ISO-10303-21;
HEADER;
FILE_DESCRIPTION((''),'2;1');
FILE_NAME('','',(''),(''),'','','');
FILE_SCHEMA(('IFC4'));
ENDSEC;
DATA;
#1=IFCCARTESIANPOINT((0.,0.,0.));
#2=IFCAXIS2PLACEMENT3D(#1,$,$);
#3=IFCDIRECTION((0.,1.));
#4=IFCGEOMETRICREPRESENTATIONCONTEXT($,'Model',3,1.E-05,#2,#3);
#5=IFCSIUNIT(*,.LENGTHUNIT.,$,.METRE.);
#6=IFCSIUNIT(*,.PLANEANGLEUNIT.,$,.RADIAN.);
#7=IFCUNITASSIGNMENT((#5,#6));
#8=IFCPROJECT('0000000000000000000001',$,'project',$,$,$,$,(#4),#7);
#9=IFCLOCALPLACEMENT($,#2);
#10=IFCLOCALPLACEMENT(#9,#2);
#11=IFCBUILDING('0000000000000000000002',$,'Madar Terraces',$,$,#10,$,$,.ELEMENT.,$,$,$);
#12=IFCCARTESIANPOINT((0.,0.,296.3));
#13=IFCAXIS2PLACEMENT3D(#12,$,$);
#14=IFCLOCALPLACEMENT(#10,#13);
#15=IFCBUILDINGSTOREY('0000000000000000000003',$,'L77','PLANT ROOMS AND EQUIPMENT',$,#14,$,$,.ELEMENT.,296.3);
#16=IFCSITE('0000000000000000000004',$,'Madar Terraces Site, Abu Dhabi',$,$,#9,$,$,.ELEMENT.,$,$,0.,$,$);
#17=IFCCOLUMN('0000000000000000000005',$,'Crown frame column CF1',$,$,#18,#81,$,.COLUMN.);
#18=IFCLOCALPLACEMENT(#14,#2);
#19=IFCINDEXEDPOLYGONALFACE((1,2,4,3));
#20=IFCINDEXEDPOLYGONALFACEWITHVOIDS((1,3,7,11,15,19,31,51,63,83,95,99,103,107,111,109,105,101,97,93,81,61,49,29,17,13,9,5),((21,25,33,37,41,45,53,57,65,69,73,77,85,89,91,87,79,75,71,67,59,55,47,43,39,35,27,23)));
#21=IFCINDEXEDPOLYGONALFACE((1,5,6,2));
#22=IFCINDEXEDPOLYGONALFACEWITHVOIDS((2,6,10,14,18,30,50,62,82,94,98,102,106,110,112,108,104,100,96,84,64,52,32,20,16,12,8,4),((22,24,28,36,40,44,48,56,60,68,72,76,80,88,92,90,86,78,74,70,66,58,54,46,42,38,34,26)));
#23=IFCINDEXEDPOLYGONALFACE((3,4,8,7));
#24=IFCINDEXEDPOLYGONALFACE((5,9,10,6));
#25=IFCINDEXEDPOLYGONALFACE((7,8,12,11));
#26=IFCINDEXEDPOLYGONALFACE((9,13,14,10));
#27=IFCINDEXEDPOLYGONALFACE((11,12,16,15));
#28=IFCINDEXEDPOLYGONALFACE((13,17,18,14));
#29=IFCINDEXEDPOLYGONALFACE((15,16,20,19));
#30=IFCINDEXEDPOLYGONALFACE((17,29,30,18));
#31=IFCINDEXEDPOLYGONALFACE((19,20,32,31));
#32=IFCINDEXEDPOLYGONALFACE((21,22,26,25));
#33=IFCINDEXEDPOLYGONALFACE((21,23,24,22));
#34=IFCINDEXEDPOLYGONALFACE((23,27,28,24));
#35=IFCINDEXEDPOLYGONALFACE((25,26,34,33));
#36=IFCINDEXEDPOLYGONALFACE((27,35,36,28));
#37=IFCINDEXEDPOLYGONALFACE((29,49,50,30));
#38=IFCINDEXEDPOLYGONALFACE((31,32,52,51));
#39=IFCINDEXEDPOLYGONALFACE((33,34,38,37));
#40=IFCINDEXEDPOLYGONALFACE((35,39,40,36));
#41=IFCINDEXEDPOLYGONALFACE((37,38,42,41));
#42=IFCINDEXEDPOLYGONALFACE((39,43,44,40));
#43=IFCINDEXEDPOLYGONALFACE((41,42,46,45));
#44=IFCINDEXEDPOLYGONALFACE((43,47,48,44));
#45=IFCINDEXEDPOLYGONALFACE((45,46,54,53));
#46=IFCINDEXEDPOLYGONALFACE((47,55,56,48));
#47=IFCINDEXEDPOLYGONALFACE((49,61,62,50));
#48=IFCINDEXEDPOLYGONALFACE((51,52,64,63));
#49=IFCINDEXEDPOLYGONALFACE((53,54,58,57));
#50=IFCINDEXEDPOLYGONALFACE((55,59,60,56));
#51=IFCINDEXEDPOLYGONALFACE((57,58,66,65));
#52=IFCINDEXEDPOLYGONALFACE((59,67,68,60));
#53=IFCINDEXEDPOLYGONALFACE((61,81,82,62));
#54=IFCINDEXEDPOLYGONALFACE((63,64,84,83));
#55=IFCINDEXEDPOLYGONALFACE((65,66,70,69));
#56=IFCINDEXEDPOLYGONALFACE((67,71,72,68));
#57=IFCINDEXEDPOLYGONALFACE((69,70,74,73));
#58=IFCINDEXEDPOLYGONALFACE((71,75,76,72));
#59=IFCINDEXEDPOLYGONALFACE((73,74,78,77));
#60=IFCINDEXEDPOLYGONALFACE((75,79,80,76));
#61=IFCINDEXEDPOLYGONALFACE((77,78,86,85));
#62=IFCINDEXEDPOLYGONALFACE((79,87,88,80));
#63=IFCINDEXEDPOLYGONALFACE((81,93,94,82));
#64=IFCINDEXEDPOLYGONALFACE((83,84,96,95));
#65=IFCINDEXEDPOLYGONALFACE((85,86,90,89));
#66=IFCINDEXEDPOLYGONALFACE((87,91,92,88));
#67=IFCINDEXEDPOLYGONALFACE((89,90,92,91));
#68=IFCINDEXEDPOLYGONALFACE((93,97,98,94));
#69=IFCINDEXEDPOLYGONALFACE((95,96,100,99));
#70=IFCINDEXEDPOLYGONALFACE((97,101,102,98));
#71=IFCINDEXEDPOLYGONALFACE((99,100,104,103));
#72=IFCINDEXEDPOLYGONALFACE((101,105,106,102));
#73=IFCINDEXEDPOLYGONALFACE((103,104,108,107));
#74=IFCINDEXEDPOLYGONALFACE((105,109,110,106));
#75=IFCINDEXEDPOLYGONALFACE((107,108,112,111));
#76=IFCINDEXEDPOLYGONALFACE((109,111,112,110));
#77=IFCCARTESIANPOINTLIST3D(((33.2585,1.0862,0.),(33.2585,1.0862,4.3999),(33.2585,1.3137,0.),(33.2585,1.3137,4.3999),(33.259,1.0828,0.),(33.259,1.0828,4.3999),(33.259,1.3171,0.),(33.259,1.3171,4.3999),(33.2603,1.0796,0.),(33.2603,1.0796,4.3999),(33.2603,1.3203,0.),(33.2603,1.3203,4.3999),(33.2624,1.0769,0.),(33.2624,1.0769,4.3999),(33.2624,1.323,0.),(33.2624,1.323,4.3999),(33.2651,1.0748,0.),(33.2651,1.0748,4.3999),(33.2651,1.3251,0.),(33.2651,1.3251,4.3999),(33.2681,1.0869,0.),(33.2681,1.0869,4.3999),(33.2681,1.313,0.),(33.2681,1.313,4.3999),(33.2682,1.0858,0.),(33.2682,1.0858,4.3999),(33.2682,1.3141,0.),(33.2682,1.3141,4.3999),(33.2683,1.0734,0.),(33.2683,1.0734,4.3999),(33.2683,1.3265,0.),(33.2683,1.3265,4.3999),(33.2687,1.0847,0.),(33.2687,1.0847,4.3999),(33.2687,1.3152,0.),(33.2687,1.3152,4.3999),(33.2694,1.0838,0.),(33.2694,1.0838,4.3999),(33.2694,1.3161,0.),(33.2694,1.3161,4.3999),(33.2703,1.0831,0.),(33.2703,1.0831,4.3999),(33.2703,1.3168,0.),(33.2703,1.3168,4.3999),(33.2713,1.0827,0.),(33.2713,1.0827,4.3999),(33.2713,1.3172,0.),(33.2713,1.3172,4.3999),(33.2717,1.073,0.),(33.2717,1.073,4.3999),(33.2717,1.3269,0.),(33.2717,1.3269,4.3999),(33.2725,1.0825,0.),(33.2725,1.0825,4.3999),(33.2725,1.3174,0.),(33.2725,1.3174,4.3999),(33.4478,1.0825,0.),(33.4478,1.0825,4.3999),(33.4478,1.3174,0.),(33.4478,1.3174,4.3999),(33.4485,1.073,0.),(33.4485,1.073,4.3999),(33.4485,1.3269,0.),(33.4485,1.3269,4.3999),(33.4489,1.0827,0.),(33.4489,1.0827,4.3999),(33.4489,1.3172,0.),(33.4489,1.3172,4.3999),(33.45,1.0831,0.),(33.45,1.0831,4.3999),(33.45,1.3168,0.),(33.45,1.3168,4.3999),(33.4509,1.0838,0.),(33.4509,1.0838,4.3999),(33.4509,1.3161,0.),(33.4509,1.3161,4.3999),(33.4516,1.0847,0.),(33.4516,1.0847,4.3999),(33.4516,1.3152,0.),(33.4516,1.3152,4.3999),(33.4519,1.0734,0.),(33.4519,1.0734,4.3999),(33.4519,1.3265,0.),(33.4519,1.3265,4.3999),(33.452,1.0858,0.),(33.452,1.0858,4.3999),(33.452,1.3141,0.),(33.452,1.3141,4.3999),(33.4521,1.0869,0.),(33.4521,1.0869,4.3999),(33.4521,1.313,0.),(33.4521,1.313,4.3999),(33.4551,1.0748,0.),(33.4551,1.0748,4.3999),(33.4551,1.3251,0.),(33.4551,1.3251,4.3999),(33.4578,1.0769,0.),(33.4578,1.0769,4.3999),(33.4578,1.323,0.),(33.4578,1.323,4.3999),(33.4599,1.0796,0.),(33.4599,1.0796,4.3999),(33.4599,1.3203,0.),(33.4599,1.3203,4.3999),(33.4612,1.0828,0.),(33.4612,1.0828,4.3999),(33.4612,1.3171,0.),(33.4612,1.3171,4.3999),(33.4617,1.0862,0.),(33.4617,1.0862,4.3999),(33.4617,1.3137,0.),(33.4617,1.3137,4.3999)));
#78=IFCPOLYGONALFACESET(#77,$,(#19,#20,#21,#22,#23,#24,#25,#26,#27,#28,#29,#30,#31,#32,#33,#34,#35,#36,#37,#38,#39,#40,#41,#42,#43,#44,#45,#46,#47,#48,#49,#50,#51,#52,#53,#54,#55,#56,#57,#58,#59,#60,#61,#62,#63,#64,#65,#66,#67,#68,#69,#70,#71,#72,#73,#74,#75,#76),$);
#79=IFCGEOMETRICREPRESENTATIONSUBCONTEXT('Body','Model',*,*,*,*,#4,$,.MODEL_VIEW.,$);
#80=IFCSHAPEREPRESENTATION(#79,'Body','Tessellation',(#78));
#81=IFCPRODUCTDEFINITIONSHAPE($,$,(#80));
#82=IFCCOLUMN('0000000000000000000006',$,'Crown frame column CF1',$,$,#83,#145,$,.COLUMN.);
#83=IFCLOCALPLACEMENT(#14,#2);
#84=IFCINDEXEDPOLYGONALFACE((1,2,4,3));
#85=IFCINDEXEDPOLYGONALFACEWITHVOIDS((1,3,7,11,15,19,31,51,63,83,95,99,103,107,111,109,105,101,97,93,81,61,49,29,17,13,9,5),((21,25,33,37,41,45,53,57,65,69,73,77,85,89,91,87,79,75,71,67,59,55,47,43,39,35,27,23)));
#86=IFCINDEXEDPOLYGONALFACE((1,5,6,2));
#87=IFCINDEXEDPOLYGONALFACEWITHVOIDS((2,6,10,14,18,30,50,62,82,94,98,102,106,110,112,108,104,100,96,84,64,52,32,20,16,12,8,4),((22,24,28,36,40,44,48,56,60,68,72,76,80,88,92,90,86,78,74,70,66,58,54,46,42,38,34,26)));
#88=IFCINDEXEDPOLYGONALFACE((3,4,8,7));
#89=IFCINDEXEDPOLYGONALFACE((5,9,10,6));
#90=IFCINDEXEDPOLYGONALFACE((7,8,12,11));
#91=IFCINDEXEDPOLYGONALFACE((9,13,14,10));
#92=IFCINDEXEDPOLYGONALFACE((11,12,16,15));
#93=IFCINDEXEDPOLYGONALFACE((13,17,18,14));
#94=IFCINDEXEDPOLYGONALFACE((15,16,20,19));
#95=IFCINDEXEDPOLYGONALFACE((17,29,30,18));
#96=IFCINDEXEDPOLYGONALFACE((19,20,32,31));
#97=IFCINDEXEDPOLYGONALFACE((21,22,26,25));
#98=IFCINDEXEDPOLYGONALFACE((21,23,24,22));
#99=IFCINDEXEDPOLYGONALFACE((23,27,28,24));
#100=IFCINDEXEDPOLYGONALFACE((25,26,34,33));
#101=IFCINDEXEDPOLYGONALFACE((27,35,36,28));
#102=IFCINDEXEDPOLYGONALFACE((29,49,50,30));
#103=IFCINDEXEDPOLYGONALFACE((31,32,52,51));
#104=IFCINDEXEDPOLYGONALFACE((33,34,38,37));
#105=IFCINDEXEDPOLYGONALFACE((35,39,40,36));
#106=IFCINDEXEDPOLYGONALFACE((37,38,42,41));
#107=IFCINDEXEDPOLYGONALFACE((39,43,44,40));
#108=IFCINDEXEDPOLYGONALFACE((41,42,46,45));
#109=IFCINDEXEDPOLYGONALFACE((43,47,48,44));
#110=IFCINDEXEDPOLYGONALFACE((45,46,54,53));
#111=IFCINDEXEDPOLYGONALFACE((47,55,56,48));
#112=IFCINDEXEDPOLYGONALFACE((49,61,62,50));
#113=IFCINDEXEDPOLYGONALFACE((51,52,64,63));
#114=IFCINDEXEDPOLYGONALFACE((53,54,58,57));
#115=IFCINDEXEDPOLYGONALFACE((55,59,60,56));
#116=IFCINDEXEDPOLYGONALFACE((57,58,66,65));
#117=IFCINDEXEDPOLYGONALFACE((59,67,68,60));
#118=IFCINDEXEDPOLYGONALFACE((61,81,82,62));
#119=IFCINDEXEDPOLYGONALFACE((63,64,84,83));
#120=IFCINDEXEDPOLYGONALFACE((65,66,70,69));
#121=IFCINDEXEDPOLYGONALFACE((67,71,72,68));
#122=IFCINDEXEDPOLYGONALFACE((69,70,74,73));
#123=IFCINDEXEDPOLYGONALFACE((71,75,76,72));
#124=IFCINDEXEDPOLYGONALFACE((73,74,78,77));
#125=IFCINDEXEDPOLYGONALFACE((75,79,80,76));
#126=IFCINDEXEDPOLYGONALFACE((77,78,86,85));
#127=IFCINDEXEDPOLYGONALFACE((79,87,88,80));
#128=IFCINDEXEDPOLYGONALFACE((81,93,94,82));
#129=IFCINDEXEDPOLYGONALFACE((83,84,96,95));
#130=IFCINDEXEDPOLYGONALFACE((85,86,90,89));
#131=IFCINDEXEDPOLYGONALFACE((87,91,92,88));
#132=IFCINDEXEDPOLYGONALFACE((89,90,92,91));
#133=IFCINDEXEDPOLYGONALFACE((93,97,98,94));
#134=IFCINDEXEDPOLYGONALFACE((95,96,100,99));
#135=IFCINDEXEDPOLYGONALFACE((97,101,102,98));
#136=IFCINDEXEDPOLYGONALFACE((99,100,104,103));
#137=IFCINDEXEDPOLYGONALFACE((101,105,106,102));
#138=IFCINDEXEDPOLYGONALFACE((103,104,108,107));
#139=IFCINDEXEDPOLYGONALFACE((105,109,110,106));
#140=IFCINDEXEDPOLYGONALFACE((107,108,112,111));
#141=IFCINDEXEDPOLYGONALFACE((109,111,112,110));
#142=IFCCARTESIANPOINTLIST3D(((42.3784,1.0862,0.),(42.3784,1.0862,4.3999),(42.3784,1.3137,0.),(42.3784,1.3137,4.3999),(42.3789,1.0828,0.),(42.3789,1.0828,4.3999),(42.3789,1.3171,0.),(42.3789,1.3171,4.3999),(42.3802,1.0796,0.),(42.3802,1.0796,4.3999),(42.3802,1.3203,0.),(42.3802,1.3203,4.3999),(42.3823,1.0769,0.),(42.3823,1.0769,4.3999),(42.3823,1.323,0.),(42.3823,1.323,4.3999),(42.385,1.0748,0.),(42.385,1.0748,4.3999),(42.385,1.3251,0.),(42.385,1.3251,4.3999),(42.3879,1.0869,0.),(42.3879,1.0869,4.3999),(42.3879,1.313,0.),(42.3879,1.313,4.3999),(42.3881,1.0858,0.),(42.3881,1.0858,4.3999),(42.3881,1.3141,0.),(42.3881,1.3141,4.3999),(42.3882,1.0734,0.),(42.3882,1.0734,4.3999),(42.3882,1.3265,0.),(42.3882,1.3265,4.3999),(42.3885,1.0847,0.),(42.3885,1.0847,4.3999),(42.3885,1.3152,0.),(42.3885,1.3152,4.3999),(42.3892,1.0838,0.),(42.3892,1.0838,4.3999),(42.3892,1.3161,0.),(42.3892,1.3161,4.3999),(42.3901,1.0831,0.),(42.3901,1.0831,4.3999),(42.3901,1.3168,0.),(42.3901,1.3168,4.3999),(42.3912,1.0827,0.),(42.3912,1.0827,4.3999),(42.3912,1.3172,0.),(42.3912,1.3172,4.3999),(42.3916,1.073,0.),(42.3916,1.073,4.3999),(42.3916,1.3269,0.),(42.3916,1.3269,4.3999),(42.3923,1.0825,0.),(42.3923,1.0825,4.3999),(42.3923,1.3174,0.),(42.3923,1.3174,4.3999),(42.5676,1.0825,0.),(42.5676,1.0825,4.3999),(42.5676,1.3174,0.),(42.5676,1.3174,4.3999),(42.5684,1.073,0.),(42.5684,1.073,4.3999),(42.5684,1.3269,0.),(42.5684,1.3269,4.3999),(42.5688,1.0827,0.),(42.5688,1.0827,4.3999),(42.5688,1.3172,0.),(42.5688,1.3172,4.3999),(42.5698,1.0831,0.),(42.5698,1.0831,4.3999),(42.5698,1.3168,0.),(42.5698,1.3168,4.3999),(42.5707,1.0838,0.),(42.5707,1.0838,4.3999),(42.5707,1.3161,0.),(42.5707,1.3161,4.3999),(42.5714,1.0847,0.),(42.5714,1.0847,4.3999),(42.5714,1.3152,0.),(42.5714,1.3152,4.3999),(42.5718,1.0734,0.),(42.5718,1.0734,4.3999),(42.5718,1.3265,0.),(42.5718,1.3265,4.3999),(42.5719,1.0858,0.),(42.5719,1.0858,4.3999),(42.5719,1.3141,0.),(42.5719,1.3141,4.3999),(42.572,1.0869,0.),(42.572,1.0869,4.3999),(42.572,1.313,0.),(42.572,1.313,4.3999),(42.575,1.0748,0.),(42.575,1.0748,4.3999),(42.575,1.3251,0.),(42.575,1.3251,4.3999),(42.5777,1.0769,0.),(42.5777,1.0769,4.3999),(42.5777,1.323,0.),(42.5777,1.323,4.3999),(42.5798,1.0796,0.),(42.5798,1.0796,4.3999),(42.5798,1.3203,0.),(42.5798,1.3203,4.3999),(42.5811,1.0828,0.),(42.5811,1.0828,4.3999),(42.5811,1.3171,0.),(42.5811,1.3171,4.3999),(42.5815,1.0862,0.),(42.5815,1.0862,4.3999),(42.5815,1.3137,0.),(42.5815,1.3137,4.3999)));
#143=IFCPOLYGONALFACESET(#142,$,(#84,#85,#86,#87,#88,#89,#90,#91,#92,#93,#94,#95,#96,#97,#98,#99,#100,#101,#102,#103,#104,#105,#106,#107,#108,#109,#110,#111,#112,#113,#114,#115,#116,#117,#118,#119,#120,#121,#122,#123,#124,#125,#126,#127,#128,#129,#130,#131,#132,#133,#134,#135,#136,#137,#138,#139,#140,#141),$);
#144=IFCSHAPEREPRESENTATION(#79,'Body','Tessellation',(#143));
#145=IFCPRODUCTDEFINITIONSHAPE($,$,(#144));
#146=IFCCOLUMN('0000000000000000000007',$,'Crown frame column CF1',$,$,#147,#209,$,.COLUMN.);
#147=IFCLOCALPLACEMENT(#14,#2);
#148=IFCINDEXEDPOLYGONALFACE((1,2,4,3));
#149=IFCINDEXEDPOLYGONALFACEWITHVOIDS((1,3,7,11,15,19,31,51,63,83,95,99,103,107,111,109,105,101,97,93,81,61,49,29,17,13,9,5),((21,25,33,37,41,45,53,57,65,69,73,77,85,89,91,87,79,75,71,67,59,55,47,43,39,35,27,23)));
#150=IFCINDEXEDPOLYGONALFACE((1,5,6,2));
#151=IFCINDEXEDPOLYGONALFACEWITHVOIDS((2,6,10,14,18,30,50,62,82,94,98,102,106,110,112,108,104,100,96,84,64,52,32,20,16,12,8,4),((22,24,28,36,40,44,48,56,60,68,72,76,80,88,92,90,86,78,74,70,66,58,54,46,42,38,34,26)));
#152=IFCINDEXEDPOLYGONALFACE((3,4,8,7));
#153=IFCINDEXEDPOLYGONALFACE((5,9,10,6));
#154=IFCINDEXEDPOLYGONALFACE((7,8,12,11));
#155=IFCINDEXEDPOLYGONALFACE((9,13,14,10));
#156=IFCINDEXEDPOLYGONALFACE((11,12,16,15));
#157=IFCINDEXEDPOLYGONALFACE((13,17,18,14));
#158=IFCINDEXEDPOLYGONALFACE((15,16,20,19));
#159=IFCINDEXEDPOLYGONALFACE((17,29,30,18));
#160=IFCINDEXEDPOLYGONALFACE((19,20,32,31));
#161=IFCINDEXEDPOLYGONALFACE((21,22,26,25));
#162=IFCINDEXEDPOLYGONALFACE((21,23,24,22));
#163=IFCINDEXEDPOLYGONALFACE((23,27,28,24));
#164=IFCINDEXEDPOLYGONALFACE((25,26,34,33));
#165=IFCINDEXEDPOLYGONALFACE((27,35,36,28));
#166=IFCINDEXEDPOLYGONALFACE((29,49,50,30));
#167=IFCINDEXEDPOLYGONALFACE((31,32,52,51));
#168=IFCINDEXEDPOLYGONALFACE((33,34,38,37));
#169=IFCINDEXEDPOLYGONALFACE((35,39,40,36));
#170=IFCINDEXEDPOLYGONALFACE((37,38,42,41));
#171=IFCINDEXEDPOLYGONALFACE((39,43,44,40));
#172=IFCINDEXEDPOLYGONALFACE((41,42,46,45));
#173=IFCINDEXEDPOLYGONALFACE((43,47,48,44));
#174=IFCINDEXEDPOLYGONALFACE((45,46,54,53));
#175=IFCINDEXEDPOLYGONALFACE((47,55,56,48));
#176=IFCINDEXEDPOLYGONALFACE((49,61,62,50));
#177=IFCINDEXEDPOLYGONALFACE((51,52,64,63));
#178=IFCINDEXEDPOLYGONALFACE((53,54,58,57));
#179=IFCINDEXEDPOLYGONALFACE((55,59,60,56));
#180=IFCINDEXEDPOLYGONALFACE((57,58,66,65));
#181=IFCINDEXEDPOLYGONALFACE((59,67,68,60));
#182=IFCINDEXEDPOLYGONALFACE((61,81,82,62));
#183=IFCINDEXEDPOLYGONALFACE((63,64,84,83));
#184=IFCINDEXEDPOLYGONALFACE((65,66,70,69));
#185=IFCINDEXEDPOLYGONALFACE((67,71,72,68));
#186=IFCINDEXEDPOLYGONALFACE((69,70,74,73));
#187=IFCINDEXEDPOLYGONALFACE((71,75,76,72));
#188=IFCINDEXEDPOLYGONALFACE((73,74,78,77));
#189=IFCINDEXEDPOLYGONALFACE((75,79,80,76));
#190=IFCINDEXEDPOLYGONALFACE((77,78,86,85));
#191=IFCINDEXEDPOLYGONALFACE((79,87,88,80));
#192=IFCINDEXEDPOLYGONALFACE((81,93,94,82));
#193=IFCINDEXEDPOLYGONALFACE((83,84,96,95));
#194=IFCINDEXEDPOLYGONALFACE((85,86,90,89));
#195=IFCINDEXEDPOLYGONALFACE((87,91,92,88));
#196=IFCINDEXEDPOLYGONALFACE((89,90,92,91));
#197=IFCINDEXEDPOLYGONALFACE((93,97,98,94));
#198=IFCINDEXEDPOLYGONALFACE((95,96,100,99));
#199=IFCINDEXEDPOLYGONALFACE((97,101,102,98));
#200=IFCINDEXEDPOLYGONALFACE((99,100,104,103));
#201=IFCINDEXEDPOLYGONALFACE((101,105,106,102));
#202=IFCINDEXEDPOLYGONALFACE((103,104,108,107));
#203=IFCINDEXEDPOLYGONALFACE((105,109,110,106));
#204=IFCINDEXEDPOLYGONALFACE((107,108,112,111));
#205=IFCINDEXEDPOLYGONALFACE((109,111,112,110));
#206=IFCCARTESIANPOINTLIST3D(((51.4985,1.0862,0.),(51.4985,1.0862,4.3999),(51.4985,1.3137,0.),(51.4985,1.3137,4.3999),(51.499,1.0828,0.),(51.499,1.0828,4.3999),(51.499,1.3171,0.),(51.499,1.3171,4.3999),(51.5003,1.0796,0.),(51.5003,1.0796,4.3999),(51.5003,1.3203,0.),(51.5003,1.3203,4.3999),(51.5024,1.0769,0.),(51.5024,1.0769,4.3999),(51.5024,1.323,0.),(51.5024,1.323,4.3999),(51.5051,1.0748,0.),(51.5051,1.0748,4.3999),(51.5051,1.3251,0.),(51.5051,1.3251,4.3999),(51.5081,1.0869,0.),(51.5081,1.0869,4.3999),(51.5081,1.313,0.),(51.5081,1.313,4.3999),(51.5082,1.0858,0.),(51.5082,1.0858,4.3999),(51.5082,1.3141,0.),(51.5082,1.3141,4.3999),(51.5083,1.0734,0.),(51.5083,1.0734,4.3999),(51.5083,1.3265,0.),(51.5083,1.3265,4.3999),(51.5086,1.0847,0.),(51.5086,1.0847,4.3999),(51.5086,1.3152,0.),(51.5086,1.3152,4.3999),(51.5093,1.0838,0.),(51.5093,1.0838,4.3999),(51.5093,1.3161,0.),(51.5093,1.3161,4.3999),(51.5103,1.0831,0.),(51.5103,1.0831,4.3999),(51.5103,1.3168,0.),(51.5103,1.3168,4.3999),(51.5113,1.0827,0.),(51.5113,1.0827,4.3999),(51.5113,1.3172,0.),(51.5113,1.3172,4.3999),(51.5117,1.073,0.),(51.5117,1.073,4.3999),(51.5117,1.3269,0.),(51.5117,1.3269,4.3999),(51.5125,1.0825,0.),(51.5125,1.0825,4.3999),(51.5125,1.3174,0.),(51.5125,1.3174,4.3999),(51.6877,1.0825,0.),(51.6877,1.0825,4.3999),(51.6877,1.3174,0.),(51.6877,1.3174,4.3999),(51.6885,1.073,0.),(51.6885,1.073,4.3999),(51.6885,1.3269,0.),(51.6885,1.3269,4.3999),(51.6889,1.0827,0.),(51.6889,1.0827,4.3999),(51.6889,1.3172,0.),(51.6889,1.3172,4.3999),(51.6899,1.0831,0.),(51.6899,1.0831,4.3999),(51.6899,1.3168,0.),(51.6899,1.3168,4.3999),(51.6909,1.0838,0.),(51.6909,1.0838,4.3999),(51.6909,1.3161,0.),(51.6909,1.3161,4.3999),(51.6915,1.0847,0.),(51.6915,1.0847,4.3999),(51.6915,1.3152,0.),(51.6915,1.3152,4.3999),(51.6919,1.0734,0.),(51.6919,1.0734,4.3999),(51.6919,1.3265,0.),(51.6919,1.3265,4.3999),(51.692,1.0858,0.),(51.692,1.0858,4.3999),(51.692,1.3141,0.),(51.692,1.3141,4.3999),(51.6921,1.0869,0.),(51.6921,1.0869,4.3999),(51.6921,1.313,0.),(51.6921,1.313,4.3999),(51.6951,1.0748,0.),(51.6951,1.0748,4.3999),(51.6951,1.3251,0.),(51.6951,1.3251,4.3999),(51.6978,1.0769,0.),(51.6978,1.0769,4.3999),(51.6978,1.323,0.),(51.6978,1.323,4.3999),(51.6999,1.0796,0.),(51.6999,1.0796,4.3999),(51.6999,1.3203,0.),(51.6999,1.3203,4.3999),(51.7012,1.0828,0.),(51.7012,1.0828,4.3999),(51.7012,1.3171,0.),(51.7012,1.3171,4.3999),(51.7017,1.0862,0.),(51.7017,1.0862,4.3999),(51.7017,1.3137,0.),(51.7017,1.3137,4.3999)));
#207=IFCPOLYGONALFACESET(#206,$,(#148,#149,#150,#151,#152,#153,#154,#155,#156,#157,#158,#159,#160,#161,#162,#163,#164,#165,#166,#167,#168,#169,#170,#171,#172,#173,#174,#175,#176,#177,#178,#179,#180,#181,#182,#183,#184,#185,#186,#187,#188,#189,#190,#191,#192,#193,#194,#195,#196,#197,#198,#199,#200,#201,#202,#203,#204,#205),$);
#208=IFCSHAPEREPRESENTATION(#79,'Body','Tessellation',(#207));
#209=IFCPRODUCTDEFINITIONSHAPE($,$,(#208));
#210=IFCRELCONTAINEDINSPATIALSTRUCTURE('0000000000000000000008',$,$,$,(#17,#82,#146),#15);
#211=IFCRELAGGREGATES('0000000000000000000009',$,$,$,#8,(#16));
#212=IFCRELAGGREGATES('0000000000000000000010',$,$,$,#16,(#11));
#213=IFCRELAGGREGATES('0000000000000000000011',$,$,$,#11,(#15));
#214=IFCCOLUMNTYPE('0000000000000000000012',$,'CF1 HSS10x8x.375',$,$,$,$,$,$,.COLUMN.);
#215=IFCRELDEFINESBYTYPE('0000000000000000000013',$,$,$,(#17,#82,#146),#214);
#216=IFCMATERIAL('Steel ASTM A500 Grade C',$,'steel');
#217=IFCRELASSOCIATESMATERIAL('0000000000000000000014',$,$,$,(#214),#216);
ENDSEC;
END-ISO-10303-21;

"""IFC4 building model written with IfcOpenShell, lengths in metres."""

from ifc_helpers import new_model, si_unit, direction, frame, origin, origin_2d, place, context, subcontext, project, spatial, hollow_rectangle, extrude, material, material_profile, profile_set, type_object, element, save


model = new_model("IFC4")

# Units and contexts
model_context = context("Model", 3, precision=1e-05, world=origin(), true_north=direction((0.0, 1.0)))
body_context = subcontext(model_context, "Body", "Model", "MODEL_VIEW")
ifc_project = project(units=[si_unit("LENGTHUNIT", "METRE"), si_unit("PLANEANGLEUNIT", "RADIAN")], contexts=[model_context])

# Site, building, storey
site_placement = place(None, origin())
site = spatial("IfcSite", under=ifc_project, at=site_placement, Name="Madar Terraces Site, Abu Dhabi", CompositionType="ELEMENT", RefElevation=0.0)
building_placement = place(site_placement, origin())
building = spatial("IfcBuilding", under=site, at=building_placement, Name="Madar Terraces", CompositionType="ELEMENT")
storey_placement = place(building_placement, frame((0.0, 0.0, 296.3)))
storey = spatial("IfcBuildingStorey", under=building, at=storey_placement, Name="L77", Description="PLANT ROOMS AND EQUIPMENT", CompositionType="ELEMENT", Elevation=296.3)

# Columns
ifc_material_1 = material(Name="Steel ASTM A500 Grade C", Category="steel")
ifc_material_profile_1 = material_profile(ifc_material_1, hollow_rectangle(XDim=0.2031, YDim=0.2539, WallThickness=0.0095, InnerFilletRadius=0.0044, OuterFilletRadius=0.0132, at=origin_2d()), Name="HSS10x8x.375")
ifc_profile_set_1 = profile_set([ifc_material_profile_1], Name="Steel ASTM A500 Grade C")
column_type = type_object("IfcColumnType", Name="CF1 HSS10x8x.375", PredefinedType="COLUMN", material=ifc_profile_set_1)
for number, where, z_axis, x_axis, name in (
    (1, (33.3601, 1.2, 0.0), (0.0, 0.0, 1.0), (1.0, 0.0, 0.0), "Crown frame column CF1"),
    (2, (42.48, 1.2, 0.0), (0.0, 0.0, 1.0), (1.0, 0.0, 0.0), "Crown frame column CF1"),
    (3, (51.6001, 1.2, 0.0), (0.0, 0.0, 1.0), (1.0, 0.0, 0.0), "Crown frame column CF1"),
):
    element("IfcColumn", number, at=place(storey_placement, frame(where, z_axis=z_axis, x_axis=x_axis)), inside=storey, type_object=column_type, Name=name, PredefinedType="COLUMN", context=body_context, shape_type="SweptSolid", body=[
        extrude(hollow_rectangle(XDim=0.2031, YDim=0.2539, WallThickness=0.0095, InnerFilletRadius=0.0044, OuterFilletRadius=0.0132, at=origin_2d()), origin(), (0.0, 0.0, 1.0), 4.3999),
    ])

save(model, "model.ifc")
